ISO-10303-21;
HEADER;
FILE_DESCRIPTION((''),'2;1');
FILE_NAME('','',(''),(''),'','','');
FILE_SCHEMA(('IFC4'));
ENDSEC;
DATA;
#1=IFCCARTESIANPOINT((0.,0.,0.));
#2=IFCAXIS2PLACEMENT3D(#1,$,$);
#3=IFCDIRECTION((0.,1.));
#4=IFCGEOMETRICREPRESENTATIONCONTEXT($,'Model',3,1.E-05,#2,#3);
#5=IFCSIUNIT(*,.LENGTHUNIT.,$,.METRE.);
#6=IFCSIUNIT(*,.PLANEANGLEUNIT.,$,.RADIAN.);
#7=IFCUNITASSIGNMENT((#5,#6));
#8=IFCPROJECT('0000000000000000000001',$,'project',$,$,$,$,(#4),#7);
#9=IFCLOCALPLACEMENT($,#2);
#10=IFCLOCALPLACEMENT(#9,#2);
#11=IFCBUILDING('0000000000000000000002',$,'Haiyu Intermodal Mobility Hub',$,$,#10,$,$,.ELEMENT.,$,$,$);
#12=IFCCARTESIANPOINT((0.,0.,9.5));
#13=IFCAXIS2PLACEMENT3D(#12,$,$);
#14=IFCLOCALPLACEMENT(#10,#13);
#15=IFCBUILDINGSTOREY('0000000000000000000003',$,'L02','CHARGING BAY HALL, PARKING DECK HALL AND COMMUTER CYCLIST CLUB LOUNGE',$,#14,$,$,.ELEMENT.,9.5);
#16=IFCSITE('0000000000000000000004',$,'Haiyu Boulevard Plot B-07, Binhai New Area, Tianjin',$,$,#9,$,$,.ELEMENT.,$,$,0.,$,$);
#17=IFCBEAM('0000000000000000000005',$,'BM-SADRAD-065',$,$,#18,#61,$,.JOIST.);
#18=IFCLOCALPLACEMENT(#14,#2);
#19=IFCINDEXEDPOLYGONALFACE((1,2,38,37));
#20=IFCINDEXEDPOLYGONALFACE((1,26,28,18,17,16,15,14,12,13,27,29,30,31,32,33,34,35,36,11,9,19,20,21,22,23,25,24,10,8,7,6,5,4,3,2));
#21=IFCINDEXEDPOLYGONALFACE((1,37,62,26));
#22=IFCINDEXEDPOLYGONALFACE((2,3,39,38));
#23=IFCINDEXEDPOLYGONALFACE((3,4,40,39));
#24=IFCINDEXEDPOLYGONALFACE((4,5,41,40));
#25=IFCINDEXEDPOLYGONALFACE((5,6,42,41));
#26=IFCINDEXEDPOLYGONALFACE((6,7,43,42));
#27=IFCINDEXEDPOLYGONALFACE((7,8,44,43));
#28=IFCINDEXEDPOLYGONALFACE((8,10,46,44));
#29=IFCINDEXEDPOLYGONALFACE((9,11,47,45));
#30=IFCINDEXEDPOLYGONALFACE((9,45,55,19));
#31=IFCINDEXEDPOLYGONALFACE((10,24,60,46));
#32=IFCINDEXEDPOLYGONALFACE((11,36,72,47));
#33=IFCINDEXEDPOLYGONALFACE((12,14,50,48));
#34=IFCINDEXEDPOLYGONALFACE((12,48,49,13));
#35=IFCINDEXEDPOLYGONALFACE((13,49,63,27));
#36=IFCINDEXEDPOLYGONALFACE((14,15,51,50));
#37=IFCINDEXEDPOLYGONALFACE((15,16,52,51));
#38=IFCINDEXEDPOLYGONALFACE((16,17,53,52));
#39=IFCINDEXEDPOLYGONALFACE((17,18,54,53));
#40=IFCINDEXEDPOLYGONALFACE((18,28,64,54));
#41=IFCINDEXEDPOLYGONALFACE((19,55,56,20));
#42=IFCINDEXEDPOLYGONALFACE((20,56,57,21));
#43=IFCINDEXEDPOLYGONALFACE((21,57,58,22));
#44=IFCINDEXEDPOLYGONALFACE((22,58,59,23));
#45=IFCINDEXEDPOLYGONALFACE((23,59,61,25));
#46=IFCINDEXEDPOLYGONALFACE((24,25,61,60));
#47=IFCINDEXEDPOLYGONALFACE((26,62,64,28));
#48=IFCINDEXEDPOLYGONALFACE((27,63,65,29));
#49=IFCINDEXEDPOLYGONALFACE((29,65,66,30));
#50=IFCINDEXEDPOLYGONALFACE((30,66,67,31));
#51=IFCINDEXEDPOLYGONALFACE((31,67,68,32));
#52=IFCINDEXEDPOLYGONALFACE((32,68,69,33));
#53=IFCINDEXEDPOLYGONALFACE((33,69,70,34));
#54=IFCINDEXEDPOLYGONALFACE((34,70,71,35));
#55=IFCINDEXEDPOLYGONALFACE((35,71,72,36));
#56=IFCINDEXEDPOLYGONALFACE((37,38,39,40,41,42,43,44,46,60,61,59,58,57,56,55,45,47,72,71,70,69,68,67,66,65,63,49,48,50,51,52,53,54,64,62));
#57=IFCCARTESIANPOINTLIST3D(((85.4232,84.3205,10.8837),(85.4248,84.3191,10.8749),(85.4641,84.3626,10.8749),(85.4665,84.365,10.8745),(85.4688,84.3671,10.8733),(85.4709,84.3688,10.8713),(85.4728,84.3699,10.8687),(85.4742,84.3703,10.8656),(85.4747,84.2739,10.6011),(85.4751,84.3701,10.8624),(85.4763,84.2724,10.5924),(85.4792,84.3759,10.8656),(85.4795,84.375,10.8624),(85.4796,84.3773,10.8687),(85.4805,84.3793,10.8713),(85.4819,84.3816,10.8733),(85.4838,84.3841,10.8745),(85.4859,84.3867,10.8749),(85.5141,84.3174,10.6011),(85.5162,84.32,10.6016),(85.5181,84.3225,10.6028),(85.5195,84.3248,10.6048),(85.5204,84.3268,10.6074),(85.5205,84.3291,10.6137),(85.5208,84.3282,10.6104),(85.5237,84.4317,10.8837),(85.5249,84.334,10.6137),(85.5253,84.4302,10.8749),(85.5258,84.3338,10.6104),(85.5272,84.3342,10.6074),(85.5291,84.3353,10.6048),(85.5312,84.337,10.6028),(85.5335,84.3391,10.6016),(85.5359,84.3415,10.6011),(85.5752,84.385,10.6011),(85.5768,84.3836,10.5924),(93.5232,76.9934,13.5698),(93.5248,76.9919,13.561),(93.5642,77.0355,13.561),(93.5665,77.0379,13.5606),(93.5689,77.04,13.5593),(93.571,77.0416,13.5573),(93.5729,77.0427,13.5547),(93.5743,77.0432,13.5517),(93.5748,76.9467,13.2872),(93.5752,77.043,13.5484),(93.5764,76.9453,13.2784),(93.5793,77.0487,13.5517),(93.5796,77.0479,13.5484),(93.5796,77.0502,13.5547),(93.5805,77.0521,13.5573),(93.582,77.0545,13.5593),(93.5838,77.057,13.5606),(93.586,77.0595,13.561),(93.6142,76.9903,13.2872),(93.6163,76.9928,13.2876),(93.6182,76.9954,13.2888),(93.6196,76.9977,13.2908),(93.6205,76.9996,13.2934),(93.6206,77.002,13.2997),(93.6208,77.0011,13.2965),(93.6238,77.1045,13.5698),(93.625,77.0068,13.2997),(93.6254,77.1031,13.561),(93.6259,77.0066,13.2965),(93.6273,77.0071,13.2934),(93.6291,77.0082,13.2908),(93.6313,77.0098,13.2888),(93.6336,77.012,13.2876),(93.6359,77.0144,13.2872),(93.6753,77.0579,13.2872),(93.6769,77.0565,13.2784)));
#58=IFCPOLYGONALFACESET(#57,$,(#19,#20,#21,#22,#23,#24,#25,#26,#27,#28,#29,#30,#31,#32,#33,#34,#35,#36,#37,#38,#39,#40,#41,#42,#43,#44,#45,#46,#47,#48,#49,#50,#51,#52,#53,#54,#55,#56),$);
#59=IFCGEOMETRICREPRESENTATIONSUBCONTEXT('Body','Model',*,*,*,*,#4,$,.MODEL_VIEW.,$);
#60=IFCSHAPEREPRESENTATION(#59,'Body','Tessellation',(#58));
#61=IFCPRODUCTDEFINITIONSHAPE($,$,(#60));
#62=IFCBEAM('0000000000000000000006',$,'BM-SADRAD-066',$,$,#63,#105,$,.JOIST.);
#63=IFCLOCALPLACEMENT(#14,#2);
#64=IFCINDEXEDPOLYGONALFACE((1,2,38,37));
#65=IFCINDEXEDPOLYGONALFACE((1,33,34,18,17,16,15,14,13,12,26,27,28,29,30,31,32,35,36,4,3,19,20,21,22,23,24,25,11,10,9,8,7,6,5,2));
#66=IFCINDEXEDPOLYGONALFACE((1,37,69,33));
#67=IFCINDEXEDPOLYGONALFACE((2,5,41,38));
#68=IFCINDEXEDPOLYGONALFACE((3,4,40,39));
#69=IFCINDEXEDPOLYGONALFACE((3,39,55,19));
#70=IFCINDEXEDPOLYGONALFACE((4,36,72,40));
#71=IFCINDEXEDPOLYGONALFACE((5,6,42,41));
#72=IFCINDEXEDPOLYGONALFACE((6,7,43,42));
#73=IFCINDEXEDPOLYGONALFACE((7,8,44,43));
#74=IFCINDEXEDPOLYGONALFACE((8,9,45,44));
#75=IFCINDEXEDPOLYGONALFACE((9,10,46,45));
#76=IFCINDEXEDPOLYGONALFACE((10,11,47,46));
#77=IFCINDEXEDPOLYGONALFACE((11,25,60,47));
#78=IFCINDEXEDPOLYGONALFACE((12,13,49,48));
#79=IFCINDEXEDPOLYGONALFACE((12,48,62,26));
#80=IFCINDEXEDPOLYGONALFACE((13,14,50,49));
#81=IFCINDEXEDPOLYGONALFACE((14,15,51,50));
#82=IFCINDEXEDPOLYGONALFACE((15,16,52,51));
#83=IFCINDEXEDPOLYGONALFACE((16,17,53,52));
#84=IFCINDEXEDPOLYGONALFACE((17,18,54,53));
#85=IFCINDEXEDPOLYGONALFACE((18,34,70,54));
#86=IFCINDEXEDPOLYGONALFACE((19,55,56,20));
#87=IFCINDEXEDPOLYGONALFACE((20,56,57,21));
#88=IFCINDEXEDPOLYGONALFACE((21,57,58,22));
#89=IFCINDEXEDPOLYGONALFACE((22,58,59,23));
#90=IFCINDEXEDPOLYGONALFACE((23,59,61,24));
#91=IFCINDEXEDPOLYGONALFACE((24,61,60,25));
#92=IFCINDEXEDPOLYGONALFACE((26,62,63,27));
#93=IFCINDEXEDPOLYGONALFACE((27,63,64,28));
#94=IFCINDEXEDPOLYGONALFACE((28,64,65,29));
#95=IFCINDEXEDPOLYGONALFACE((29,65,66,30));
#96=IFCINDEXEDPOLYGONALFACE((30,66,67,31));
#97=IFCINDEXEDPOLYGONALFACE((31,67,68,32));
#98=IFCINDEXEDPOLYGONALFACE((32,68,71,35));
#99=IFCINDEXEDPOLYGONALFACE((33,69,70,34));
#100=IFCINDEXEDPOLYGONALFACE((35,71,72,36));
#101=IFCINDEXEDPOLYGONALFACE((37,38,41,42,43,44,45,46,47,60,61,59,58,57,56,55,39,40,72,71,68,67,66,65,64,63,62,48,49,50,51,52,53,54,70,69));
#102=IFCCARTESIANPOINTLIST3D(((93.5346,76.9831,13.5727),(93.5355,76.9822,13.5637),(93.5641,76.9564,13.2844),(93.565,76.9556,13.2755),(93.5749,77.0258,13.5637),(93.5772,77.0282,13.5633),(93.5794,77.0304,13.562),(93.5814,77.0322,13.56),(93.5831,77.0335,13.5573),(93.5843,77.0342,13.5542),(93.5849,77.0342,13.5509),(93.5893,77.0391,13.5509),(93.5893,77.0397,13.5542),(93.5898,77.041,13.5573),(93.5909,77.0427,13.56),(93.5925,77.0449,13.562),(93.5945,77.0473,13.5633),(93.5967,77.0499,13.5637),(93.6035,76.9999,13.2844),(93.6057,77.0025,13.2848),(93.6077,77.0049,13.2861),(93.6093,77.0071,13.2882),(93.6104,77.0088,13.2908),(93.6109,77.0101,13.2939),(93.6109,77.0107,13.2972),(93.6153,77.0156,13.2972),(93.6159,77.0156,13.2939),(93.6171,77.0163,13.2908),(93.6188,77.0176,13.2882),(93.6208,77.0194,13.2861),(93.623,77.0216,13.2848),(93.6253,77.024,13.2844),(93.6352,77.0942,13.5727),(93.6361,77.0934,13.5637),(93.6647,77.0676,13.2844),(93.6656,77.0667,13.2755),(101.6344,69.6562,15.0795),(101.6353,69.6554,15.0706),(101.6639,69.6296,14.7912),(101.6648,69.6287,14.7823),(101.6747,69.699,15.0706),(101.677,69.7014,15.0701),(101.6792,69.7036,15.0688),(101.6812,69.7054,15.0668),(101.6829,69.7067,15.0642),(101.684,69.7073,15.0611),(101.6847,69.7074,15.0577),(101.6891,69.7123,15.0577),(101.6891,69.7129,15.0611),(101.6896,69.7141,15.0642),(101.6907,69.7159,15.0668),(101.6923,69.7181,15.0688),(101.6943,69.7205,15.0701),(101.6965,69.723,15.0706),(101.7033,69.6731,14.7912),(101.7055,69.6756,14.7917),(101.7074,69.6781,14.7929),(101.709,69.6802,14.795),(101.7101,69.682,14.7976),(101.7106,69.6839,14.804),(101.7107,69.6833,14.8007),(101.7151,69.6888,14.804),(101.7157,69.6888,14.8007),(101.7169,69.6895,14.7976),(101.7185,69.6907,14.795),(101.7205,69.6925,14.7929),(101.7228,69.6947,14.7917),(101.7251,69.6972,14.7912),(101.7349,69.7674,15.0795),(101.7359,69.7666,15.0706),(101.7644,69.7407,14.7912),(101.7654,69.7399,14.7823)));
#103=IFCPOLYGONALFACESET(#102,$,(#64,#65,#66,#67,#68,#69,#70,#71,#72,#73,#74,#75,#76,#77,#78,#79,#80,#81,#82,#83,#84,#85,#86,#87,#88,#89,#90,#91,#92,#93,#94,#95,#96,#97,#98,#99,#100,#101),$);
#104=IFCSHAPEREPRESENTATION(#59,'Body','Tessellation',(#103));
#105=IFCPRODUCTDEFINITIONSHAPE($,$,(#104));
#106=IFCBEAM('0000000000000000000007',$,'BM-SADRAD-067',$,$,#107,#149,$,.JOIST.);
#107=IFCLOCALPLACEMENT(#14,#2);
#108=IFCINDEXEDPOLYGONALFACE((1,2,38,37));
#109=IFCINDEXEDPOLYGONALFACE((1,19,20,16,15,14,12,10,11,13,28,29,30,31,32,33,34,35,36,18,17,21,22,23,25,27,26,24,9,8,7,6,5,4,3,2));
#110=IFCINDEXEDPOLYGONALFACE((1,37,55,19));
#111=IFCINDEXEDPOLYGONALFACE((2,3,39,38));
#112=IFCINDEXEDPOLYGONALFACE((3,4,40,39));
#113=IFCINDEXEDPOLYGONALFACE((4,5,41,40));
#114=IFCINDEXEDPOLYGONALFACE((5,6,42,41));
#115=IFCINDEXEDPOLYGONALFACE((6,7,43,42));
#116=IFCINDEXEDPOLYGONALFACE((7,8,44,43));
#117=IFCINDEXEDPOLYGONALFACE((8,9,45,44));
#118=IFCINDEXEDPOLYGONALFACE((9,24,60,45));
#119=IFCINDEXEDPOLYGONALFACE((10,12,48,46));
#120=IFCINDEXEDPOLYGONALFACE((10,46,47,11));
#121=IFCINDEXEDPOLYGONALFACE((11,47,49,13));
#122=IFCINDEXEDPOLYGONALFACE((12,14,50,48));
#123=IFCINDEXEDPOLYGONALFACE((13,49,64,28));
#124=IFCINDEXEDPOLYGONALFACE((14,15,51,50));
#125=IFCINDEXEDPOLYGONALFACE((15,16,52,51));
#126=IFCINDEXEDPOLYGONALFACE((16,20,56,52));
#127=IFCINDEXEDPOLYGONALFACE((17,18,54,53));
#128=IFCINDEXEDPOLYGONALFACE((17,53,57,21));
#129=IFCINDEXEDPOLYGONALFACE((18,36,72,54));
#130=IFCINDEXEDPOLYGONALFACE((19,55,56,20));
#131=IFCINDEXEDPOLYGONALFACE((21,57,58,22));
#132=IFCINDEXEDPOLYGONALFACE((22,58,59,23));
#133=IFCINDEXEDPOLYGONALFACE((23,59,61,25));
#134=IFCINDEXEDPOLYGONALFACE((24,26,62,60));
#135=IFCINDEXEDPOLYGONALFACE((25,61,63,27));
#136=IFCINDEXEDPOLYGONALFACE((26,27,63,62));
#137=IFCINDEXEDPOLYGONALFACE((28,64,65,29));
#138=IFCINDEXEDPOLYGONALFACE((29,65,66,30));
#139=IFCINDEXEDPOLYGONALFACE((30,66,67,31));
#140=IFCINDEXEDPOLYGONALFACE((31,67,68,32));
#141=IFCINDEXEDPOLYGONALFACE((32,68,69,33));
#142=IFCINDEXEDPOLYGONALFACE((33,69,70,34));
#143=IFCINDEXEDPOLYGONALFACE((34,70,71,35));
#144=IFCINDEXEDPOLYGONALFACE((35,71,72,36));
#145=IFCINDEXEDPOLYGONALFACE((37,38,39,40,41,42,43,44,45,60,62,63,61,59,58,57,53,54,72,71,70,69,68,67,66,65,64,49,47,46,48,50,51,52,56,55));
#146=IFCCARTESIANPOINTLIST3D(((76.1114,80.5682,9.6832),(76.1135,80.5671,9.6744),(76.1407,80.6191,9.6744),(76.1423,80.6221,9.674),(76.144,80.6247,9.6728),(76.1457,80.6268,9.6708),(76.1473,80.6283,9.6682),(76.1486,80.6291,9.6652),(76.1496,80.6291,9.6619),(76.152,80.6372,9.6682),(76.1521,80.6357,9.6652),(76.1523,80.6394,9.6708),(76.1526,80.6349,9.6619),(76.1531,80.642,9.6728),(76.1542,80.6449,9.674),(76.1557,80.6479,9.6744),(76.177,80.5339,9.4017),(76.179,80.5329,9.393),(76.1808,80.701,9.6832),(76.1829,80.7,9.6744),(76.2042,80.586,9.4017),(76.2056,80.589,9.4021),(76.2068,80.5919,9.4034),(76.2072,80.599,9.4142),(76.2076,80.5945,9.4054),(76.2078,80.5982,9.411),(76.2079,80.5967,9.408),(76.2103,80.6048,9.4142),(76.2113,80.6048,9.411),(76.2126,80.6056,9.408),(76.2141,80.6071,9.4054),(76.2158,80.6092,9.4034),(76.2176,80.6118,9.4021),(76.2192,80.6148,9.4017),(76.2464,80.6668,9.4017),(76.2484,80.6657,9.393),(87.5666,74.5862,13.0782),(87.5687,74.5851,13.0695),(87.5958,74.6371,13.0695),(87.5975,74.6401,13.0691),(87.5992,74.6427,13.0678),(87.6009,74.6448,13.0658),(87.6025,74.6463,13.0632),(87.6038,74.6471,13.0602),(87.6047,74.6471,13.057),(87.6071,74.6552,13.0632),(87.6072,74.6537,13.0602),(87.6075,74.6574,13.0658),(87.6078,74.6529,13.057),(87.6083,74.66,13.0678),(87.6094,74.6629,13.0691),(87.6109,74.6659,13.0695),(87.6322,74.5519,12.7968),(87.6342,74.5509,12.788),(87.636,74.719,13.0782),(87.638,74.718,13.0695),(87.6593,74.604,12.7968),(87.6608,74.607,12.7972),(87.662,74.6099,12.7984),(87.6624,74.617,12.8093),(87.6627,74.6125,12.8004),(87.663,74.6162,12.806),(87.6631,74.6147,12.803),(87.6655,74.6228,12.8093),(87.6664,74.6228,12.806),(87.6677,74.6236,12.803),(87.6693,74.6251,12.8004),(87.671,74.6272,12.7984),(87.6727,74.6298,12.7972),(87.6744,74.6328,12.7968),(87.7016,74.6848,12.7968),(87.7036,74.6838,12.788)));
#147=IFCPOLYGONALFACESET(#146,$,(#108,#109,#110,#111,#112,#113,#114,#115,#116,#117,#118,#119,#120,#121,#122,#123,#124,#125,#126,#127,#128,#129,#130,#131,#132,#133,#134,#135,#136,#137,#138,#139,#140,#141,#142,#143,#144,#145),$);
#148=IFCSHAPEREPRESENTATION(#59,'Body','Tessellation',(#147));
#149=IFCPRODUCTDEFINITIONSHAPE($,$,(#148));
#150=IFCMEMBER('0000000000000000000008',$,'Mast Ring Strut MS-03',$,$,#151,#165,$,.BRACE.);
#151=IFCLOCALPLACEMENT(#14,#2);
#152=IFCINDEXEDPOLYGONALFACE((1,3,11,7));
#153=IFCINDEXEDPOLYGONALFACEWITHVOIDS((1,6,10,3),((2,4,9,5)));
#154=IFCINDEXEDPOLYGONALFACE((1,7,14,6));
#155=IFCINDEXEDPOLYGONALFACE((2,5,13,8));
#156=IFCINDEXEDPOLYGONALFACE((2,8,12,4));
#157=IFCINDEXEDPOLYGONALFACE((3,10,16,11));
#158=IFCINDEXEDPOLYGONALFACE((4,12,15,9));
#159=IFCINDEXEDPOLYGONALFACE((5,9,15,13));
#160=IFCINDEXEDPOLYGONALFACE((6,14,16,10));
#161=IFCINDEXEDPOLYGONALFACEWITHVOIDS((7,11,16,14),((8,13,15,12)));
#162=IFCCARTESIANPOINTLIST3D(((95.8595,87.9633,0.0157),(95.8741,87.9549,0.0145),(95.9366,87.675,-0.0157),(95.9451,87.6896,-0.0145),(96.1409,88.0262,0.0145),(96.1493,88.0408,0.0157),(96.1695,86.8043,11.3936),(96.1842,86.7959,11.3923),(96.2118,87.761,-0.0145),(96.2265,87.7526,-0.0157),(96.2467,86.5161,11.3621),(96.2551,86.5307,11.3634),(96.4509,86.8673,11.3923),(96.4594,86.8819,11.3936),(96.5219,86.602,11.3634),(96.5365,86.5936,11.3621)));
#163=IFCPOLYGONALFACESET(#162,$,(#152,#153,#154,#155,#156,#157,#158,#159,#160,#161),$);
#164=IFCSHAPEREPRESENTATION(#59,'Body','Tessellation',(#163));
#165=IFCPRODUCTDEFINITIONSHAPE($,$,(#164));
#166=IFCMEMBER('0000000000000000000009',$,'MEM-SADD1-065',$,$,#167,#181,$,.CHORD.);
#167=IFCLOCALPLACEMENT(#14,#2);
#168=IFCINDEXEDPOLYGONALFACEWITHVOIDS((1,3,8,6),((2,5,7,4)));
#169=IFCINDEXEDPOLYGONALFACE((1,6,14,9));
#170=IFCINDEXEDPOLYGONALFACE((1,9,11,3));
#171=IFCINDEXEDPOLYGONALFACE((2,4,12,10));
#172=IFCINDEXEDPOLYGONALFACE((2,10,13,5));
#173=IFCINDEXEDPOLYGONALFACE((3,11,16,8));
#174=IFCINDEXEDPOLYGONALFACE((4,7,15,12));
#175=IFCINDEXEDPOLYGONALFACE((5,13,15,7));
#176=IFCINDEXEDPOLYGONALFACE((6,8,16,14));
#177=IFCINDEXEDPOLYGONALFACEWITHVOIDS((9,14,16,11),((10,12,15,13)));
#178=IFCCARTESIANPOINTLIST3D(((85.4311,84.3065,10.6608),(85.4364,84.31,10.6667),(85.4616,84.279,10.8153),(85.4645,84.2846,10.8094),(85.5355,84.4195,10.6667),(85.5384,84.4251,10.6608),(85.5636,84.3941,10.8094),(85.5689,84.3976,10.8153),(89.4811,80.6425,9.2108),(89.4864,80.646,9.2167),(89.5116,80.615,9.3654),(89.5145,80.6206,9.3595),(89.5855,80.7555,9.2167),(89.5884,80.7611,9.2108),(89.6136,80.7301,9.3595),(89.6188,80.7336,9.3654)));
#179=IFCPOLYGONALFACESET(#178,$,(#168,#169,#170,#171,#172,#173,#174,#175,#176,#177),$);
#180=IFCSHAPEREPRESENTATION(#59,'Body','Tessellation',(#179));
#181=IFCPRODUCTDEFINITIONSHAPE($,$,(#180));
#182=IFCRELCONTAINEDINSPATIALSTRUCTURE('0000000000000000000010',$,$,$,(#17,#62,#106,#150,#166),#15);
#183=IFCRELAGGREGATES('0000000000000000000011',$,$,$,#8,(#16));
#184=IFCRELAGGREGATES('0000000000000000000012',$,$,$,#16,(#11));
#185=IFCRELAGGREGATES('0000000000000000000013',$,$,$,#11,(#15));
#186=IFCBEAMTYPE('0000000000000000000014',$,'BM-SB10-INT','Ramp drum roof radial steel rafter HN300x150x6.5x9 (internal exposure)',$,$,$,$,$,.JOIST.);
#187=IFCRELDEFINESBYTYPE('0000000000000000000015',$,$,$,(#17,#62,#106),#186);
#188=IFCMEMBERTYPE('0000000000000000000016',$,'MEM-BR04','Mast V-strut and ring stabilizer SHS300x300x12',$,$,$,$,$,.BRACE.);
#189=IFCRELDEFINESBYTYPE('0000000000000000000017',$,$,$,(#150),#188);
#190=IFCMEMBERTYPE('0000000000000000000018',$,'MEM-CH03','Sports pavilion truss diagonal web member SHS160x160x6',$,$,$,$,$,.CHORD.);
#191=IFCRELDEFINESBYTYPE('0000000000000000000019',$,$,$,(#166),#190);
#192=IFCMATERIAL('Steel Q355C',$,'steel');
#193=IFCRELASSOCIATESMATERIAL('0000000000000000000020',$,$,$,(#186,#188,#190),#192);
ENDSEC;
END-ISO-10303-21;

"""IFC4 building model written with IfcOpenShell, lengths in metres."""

from ifc_helpers import new_model, si_unit, direction, frame, origin, origin_2d, place, context, subcontext, project, spatial, hollow_rectangle, i_section, extrude, material, material_profile, profile_set, type_object, element, save


model = new_model("IFC4")

# Units and contexts
model_context = context("Model", 3, precision=1e-05, world=origin(), true_north=direction((0.0, 1.0)))
body_context = subcontext(model_context, "Body", "Model", "MODEL_VIEW")
ifc_project = project(units=[si_unit("LENGTHUNIT", "METRE"), si_unit("PLANEANGLEUNIT", "RADIAN")], contexts=[model_context])

# Site, building, storey
site_placement = place(None, origin())
site = spatial("IfcSite", under=ifc_project, at=site_placement, Name="Haiyu Boulevard Plot B-07, Binhai New Area, Tianjin", CompositionType="ELEMENT", RefElevation=0.0)
building_placement = place(site_placement, origin())
building = spatial("IfcBuilding", under=site, at=building_placement, Name="Haiyu Intermodal Mobility Hub", CompositionType="ELEMENT")
storey_placement = place(building_placement, frame((0.0, 0.0, 9.5)))
storey = spatial("IfcBuildingStorey", under=building, at=storey_placement, Name="L02", Description="CHARGING BAY HALL, PARKING DECK HALL AND COMMUTER CYCLIST CLUB LOUNGE", CompositionType="ELEMENT", Elevation=9.5)

# Shared definitions
ifc_material_1 = material(Name="Steel Q355C", Category="steel")

# Beams
ifc_material_profile_1 = material_profile(ifc_material_1, i_section(OverallWidth=0.1499, OverallDepth=0.3, WebThickness=0.0066, FlangeThickness=0.009, FilletRadius=0.0129, at=origin_2d()), Name="HN300x150x6.5x9")
ifc_profile_set_1 = profile_set([ifc_material_profile_1], Name="Steel Q355C")
beam_type_1 = type_object("IfcBeamType", Name="BM-SB10-INT", Description="Ramp drum roof radial steel rafter HN300x150x6.5x9 (internal exposure)", PredefinedType="JOIST", material=ifc_profile_set_1)
beam_1_placement = place(storey_placement, frame((85.5, 84.3521, 10.738), z_axis=(0.720148, -0.651428, 0.238805), x_axis=(0.670837, 0.741605, 0.0)))
element("IfcBeam", 1, at=beam_1_placement, inside=storey, type_object=beam_type_1, Name="BM-SADRAD-065", PredefinedType="JOIST", context=body_context, shape_type="SweptSolid", body=[
    extrude(i_section(OverallWidth=0.1499, OverallDepth=0.3, WebThickness=0.0066, FlangeThickness=0.009, FilletRadius=0.0129, at=origin_2d()), origin(), (0.0, 0.0, 1.0), 11.2478),
])
beam_2_placement = place(storey_placement, frame((93.6001, 77.0249, 13.4241), z_axis=(0.734647, -0.664542, 0.136668), x_axis=(0.670836, 0.741606, 0.0)))
element("IfcBeam", 2, at=beam_2_placement, inside=storey, type_object=beam_type_1, Name="BM-SADRAD-066", PredefinedType="JOIST", context=body_context, shape_type="SweptSolid", body=[
    extrude(i_section(OverallWidth=0.1499, OverallDepth=0.3, WebThickness=0.0066, FlangeThickness=0.009, FilletRadius=0.0129, at=origin_2d()), origin(), (0.0, 0.0, 1.0), 11.0254),
])
beam_3_placement = place(storey_placement, frame((76.1799, 80.6169, 9.5381), z_axis=(0.857323, -0.447701, 0.254091), x_axis=(0.462893, 0.886414, 0.0)))
element("IfcBeam", 3, at=beam_3_placement, inside=storey, type_object=beam_type_1, Name="BM-SADRAD-067", PredefinedType="JOIST", context=body_context, shape_type="SweptSolid", body=[
    extrude(i_section(OverallWidth=0.1499, OverallDepth=0.3, WebThickness=0.0066, FlangeThickness=0.009, FilletRadius=0.0129, at=origin_2d()), origin(), (0.0, 0.0, 1.0), 13.3616),
])

# Members
ifc_material_profile_2 = material_profile(ifc_material_1, hollow_rectangle(XDim=0.3, YDim=0.3, WallThickness=0.012, at=origin_2d()), Name="SHS300x300x12")
ifc_profile_set_2 = profile_set([ifc_material_profile_2], Name="Steel Q355C")
member_type_1 = type_object("IfcMemberType", Name="MEM-BR04", Description="Mast V-strut and ring stabilizer SHS300x300x12", PredefinedType="BRACE", material=ifc_profile_set_2)
member_1_placement = place(storey_placement, frame((96.043, 87.8579, 0.0), z_axis=(0.027101, -0.101297, 0.994487), x_axis=(0.966025, 0.258448, 0.0)))
element("IfcMember", 4, at=member_1_placement, inside=storey, type_object=member_type_1, Name="Mast Ring Strut MS-03", PredefinedType="BRACE", context=body_context, shape_type="SweptSolid", body=[
    extrude(hollow_rectangle(XDim=0.3, YDim=0.3, WallThickness=0.012, at=origin_2d()), origin(), (0.0, 0.0, 1.0), 11.4409),
])
ifc_material_profile_3 = material_profile(ifc_material_1, hollow_rectangle(XDim=0.1599, YDim=0.1599, WallThickness=0.0061, at=origin_2d()), Name="SHS160x160x6")
ifc_profile_set_3 = profile_set([ifc_material_profile_3], Name="Steel Q355C")
member_type_2 = type_object("IfcMemberType", Name="MEM-CH03", Description="Sports pavilion truss diagonal web member SHS160x160x6", PredefinedType="CHORD", material=ifc_profile_set_3)
member_2_placement = place(storey_placement, frame((85.5, 84.3521, 10.738), z_axis=(0.716732, -0.648424, -0.256596), x_axis=(0.670886, 0.74156, 0.0)))
element("IfcMember", 5, at=member_2_placement, inside=storey, type_object=member_type_2, Name="MEM-SADD1-065", PredefinedType="CHORD", context=body_context, shape_type="SweptSolid", body=[
    extrude(hollow_rectangle(XDim=0.1599, YDim=0.1599, WallThickness=0.0061, at=origin_2d()), origin(), (0.0, 0.0, 1.0), 5.6506),
])

save(model, "model.ifc")
